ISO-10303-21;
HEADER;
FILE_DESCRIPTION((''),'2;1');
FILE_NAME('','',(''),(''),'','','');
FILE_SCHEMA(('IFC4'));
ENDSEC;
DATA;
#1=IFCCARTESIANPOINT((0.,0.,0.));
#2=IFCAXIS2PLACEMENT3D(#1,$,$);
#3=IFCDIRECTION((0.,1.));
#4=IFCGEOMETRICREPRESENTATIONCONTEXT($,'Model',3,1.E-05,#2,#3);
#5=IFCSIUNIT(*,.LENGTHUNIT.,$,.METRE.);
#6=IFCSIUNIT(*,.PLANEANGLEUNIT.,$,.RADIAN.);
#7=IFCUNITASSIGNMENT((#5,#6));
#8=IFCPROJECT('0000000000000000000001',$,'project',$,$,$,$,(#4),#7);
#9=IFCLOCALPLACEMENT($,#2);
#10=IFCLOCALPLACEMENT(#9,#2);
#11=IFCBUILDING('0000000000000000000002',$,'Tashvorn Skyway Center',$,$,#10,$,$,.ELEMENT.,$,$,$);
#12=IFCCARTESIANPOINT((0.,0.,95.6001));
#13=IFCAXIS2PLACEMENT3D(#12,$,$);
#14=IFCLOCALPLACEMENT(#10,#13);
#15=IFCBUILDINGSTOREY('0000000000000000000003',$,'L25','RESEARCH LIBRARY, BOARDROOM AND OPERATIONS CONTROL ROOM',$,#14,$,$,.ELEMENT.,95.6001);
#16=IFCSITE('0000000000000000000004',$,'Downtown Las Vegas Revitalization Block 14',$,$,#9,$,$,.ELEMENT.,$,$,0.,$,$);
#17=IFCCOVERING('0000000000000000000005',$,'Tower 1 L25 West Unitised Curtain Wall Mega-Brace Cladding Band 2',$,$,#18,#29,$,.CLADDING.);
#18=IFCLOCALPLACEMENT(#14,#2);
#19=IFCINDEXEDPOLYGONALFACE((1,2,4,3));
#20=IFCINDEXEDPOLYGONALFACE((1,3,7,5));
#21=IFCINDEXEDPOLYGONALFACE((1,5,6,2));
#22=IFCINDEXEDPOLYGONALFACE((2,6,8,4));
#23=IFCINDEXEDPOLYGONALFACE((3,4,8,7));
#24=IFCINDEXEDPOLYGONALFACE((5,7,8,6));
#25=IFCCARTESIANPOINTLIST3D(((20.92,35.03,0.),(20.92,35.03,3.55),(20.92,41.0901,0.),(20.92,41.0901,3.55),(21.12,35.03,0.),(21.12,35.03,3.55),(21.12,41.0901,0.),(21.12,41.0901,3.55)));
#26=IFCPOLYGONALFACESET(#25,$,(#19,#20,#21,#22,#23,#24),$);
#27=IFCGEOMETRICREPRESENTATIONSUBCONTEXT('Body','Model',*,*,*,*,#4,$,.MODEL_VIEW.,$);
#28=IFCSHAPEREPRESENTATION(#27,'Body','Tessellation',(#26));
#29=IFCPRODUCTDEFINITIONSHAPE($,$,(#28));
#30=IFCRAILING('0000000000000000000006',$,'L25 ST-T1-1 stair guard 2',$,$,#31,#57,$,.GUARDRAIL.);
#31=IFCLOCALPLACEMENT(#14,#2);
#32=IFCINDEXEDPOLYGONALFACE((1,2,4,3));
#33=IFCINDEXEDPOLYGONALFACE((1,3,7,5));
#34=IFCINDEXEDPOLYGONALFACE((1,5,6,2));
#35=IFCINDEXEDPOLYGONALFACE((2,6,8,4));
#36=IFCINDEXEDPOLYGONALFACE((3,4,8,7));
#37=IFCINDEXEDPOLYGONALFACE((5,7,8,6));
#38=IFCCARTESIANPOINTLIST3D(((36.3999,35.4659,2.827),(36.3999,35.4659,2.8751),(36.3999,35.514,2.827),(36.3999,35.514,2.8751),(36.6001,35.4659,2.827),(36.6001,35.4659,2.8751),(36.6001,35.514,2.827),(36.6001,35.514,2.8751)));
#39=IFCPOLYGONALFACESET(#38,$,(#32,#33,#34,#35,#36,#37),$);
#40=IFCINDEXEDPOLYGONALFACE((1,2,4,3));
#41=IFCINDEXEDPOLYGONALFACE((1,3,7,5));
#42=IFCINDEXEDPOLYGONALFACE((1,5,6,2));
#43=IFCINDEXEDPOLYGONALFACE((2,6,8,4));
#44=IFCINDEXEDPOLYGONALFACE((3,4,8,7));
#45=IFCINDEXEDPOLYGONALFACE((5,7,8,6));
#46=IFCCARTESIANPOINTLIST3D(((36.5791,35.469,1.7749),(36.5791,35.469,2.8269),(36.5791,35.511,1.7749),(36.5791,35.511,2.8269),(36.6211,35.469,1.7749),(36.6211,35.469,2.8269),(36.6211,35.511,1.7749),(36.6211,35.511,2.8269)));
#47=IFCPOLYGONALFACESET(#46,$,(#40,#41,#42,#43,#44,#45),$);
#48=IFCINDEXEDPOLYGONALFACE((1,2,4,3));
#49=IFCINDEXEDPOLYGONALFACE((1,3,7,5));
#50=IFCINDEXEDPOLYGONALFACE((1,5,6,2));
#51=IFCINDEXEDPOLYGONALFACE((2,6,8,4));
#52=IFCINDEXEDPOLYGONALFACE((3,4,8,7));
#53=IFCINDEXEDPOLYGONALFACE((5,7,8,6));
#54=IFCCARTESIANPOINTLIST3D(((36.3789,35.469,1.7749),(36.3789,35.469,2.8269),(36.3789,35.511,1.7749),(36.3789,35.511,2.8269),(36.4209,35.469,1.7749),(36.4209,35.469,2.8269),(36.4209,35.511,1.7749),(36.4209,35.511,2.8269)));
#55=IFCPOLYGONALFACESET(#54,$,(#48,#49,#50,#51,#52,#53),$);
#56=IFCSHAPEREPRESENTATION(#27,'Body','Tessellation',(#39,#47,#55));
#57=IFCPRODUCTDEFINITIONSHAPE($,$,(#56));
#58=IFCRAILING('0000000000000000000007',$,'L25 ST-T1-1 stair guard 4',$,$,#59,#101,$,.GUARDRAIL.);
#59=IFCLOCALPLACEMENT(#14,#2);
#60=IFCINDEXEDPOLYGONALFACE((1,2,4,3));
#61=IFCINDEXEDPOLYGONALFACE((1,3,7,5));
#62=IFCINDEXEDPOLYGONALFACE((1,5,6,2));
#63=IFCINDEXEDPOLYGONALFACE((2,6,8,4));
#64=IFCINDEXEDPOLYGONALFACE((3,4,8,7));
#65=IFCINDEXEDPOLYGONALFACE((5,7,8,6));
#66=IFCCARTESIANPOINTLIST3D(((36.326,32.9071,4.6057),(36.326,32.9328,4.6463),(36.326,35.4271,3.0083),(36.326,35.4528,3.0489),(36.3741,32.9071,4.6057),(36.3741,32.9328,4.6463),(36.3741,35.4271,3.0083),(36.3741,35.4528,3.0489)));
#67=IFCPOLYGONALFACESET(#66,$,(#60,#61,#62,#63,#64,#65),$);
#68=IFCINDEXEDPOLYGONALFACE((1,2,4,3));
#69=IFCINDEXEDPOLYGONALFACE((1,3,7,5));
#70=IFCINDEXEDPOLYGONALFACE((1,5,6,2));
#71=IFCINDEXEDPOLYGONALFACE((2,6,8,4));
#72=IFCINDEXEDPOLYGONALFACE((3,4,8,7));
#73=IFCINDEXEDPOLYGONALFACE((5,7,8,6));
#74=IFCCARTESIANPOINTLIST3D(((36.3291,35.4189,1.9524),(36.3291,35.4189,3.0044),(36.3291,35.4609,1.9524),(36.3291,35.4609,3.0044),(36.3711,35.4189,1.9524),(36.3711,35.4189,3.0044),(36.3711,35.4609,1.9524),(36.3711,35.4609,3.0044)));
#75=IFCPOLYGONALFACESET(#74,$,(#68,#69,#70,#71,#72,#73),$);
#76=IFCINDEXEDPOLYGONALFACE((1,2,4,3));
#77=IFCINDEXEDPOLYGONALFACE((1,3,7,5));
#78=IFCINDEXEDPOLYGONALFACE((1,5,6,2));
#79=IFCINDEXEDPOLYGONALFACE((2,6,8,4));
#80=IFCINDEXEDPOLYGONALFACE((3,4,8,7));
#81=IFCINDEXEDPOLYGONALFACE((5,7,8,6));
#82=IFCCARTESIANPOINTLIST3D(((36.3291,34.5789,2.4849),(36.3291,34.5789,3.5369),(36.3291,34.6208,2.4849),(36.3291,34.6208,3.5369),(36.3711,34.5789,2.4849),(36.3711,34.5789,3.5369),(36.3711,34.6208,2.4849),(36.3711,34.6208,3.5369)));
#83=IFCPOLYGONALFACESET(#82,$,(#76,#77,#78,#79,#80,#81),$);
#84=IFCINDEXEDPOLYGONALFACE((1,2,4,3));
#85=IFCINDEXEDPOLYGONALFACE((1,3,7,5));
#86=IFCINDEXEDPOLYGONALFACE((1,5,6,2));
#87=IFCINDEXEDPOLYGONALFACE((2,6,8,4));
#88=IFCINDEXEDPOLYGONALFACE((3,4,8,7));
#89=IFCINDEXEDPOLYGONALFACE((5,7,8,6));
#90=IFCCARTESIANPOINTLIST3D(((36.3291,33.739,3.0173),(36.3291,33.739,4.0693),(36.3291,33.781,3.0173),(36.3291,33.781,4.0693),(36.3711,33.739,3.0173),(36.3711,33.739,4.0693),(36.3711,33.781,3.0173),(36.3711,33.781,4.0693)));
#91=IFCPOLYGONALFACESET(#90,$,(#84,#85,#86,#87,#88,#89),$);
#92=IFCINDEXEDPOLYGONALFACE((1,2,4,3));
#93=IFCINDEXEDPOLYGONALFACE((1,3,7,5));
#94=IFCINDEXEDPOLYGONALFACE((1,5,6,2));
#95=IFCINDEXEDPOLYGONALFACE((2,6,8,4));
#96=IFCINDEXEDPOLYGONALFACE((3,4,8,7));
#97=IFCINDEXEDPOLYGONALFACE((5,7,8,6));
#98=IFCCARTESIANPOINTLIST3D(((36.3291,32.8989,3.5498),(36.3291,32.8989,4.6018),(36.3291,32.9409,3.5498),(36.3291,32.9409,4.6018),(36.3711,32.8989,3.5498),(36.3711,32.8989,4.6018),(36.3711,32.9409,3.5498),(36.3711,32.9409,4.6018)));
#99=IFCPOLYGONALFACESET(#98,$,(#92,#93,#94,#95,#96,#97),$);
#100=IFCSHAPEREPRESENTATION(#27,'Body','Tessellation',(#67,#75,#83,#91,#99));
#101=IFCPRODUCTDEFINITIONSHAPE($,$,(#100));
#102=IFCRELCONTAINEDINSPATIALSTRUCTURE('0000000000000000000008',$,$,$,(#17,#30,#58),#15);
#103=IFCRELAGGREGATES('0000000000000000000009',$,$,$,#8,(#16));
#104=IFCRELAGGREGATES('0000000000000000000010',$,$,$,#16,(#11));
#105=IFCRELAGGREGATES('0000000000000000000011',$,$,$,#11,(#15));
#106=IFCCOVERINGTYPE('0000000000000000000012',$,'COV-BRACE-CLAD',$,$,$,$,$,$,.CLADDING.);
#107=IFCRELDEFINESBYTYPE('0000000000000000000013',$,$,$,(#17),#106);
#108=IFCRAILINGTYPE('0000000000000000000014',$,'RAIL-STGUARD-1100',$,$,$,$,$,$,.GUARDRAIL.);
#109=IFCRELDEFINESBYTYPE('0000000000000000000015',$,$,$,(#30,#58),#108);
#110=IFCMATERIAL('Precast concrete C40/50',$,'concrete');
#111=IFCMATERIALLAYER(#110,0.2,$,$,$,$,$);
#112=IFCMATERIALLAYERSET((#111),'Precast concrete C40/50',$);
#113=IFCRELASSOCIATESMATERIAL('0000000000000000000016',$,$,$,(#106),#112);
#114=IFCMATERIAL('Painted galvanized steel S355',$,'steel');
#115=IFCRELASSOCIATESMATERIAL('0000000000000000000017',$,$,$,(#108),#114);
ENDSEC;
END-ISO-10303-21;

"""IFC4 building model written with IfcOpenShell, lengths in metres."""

from ifc_helpers import new_model, si_unit, direction, frame, origin, origin_2d, place, context, subcontext, project, spatial, rectangle, extrude, material, layer, layer_set, type_object, element, save


model = new_model("IFC4")

# Units and contexts
model_context = context("Model", 3, precision=1e-05, world=origin(), true_north=direction((0.0, 1.0)))
body_context = subcontext(model_context, "Body", "Model", "MODEL_VIEW")
ifc_project = project(units=[si_unit("LENGTHUNIT", "METRE"), si_unit("PLANEANGLEUNIT", "RADIAN")], contexts=[model_context])

# Site, building, storey
site_placement = place(None, origin())
site = spatial("IfcSite", under=ifc_project, at=site_placement, Name="Downtown Las Vegas Revitalization Block 14", CompositionType="ELEMENT", RefElevation=0.0)
building_placement = place(site_placement, origin())
building = spatial("IfcBuilding", under=site, at=building_placement, Name="Tashvorn Skyway Center", CompositionType="ELEMENT")
storey_placement = place(building_placement, frame((0.0, 0.0, 95.6001)))
storey = spatial("IfcBuildingStorey", under=building, at=storey_placement, Name="L25", Description="RESEARCH LIBRARY, BOARDROOM AND OPERATIONS CONTROL ROOM", CompositionType="ELEMENT", Elevation=95.6001)

# Covering
ifc_material_1 = material(Name="Precast concrete C40/50", Category="concrete")
ifc_layer_1 = layer(ifc_material_1, 0.2)
ifc_layer_set_1 = layer_set([ifc_layer_1], Name="Precast concrete C40/50")
covering_type = type_object("IfcCoveringType", Name="COV-BRACE-CLAD", PredefinedType="CLADDING", material=ifc_layer_set_1)
covering_placement = place(storey_placement, frame((21.02, 38.0601, 0.0), z_axis=(0.0, 0.0, 1.0), x_axis=(0.0, 1.0, 0.0)))
element("IfcCovering", 1, at=covering_placement, inside=storey, type_object=covering_type, Name="Tower 1 L25 West Unitised Curtain Wall Mega-Brace Cladding Band 2", PredefinedType="CLADDING", context=body_context, shape_type="SweptSolid", body=[
    extrude(rectangle(XDim=6.0601, YDim=0.2, at=origin_2d()), origin(), (0.0, 0.0, 1.0), 3.55),
])

# Railings
ifc_material_2 = material(Name="Painted galvanized steel S355", Category="steel")
railing_type = type_object("IfcRailingType", Name="RAIL-STGUARD-1100", PredefinedType="GUARDRAIL", material=ifc_material_2)
railing_1_placement = place(storey_placement, frame((36.6001, 35.49, 1.7749)))
element("IfcRailing", 2, at=railing_1_placement, inside=storey, type_object=railing_type, Name="L25 ST-T1-1 stair guard 2", PredefinedType="GUARDRAIL", context=body_context, shape_type="SweptSolid", body=[
    extrude(rectangle(XDim=0.0481, YDim=0.0481, at=origin_2d()), frame((0.0, 0.0, 1.0762), z_axis=(-1.0, 0.0, 0.0), x_axis=(0.0, -1.0, 0.0)), (0.0, 0.0, 1.0), 0.2002),
    extrude(rectangle(XDim=0.042, YDim=0.042, at=origin_2d()), origin(), (0.0, 0.0, 1.0), 1.052),
    extrude(rectangle(XDim=0.042, YDim=0.042, at=origin_2d()), frame((-0.2002, 0.0, 0.0)), (0.0, 0.0, 1.0), 1.052),
])
railing_2_placement = place(storey_placement, frame((36.3501, 35.4399, 1.9524)))
element("IfcRailing", 3, at=railing_2_placement, inside=storey, type_object=railing_type, Name="L25 ST-T1-1 stair guard 4", PredefinedType="GUARDRAIL", context=body_context, shape_type="SweptSolid", body=[
    extrude(rectangle(XDim=0.0481, YDim=0.0481, at=origin_2d()), frame((0.0, 0.0, 1.0762), z_axis=(0.0, -0.844607, 0.535387), x_axis=(1.0, 0.0, 0.0)), (0.0, 0.0, 1.0), 2.9836),
    extrude(rectangle(XDim=0.042, YDim=0.042, at=origin_2d()), origin(), (0.0, 0.0, 1.0), 1.052),
    extrude(rectangle(XDim=0.042, YDim=0.042, at=origin_2d()), frame((0.0, -0.8401, 0.5325)), (0.0, 0.0, 1.0), 1.052),
    extrude(rectangle(XDim=0.042, YDim=0.042, at=origin_2d()), frame((0.0, -1.6799, 1.0649)), (0.0, 0.0, 1.0), 1.052),
    extrude(rectangle(XDim=0.042, YDim=0.042, at=origin_2d()), frame((0.0, -2.52, 1.5974)), (0.0, 0.0, 1.0), 1.052),
])

save(model, "model.ifc")
